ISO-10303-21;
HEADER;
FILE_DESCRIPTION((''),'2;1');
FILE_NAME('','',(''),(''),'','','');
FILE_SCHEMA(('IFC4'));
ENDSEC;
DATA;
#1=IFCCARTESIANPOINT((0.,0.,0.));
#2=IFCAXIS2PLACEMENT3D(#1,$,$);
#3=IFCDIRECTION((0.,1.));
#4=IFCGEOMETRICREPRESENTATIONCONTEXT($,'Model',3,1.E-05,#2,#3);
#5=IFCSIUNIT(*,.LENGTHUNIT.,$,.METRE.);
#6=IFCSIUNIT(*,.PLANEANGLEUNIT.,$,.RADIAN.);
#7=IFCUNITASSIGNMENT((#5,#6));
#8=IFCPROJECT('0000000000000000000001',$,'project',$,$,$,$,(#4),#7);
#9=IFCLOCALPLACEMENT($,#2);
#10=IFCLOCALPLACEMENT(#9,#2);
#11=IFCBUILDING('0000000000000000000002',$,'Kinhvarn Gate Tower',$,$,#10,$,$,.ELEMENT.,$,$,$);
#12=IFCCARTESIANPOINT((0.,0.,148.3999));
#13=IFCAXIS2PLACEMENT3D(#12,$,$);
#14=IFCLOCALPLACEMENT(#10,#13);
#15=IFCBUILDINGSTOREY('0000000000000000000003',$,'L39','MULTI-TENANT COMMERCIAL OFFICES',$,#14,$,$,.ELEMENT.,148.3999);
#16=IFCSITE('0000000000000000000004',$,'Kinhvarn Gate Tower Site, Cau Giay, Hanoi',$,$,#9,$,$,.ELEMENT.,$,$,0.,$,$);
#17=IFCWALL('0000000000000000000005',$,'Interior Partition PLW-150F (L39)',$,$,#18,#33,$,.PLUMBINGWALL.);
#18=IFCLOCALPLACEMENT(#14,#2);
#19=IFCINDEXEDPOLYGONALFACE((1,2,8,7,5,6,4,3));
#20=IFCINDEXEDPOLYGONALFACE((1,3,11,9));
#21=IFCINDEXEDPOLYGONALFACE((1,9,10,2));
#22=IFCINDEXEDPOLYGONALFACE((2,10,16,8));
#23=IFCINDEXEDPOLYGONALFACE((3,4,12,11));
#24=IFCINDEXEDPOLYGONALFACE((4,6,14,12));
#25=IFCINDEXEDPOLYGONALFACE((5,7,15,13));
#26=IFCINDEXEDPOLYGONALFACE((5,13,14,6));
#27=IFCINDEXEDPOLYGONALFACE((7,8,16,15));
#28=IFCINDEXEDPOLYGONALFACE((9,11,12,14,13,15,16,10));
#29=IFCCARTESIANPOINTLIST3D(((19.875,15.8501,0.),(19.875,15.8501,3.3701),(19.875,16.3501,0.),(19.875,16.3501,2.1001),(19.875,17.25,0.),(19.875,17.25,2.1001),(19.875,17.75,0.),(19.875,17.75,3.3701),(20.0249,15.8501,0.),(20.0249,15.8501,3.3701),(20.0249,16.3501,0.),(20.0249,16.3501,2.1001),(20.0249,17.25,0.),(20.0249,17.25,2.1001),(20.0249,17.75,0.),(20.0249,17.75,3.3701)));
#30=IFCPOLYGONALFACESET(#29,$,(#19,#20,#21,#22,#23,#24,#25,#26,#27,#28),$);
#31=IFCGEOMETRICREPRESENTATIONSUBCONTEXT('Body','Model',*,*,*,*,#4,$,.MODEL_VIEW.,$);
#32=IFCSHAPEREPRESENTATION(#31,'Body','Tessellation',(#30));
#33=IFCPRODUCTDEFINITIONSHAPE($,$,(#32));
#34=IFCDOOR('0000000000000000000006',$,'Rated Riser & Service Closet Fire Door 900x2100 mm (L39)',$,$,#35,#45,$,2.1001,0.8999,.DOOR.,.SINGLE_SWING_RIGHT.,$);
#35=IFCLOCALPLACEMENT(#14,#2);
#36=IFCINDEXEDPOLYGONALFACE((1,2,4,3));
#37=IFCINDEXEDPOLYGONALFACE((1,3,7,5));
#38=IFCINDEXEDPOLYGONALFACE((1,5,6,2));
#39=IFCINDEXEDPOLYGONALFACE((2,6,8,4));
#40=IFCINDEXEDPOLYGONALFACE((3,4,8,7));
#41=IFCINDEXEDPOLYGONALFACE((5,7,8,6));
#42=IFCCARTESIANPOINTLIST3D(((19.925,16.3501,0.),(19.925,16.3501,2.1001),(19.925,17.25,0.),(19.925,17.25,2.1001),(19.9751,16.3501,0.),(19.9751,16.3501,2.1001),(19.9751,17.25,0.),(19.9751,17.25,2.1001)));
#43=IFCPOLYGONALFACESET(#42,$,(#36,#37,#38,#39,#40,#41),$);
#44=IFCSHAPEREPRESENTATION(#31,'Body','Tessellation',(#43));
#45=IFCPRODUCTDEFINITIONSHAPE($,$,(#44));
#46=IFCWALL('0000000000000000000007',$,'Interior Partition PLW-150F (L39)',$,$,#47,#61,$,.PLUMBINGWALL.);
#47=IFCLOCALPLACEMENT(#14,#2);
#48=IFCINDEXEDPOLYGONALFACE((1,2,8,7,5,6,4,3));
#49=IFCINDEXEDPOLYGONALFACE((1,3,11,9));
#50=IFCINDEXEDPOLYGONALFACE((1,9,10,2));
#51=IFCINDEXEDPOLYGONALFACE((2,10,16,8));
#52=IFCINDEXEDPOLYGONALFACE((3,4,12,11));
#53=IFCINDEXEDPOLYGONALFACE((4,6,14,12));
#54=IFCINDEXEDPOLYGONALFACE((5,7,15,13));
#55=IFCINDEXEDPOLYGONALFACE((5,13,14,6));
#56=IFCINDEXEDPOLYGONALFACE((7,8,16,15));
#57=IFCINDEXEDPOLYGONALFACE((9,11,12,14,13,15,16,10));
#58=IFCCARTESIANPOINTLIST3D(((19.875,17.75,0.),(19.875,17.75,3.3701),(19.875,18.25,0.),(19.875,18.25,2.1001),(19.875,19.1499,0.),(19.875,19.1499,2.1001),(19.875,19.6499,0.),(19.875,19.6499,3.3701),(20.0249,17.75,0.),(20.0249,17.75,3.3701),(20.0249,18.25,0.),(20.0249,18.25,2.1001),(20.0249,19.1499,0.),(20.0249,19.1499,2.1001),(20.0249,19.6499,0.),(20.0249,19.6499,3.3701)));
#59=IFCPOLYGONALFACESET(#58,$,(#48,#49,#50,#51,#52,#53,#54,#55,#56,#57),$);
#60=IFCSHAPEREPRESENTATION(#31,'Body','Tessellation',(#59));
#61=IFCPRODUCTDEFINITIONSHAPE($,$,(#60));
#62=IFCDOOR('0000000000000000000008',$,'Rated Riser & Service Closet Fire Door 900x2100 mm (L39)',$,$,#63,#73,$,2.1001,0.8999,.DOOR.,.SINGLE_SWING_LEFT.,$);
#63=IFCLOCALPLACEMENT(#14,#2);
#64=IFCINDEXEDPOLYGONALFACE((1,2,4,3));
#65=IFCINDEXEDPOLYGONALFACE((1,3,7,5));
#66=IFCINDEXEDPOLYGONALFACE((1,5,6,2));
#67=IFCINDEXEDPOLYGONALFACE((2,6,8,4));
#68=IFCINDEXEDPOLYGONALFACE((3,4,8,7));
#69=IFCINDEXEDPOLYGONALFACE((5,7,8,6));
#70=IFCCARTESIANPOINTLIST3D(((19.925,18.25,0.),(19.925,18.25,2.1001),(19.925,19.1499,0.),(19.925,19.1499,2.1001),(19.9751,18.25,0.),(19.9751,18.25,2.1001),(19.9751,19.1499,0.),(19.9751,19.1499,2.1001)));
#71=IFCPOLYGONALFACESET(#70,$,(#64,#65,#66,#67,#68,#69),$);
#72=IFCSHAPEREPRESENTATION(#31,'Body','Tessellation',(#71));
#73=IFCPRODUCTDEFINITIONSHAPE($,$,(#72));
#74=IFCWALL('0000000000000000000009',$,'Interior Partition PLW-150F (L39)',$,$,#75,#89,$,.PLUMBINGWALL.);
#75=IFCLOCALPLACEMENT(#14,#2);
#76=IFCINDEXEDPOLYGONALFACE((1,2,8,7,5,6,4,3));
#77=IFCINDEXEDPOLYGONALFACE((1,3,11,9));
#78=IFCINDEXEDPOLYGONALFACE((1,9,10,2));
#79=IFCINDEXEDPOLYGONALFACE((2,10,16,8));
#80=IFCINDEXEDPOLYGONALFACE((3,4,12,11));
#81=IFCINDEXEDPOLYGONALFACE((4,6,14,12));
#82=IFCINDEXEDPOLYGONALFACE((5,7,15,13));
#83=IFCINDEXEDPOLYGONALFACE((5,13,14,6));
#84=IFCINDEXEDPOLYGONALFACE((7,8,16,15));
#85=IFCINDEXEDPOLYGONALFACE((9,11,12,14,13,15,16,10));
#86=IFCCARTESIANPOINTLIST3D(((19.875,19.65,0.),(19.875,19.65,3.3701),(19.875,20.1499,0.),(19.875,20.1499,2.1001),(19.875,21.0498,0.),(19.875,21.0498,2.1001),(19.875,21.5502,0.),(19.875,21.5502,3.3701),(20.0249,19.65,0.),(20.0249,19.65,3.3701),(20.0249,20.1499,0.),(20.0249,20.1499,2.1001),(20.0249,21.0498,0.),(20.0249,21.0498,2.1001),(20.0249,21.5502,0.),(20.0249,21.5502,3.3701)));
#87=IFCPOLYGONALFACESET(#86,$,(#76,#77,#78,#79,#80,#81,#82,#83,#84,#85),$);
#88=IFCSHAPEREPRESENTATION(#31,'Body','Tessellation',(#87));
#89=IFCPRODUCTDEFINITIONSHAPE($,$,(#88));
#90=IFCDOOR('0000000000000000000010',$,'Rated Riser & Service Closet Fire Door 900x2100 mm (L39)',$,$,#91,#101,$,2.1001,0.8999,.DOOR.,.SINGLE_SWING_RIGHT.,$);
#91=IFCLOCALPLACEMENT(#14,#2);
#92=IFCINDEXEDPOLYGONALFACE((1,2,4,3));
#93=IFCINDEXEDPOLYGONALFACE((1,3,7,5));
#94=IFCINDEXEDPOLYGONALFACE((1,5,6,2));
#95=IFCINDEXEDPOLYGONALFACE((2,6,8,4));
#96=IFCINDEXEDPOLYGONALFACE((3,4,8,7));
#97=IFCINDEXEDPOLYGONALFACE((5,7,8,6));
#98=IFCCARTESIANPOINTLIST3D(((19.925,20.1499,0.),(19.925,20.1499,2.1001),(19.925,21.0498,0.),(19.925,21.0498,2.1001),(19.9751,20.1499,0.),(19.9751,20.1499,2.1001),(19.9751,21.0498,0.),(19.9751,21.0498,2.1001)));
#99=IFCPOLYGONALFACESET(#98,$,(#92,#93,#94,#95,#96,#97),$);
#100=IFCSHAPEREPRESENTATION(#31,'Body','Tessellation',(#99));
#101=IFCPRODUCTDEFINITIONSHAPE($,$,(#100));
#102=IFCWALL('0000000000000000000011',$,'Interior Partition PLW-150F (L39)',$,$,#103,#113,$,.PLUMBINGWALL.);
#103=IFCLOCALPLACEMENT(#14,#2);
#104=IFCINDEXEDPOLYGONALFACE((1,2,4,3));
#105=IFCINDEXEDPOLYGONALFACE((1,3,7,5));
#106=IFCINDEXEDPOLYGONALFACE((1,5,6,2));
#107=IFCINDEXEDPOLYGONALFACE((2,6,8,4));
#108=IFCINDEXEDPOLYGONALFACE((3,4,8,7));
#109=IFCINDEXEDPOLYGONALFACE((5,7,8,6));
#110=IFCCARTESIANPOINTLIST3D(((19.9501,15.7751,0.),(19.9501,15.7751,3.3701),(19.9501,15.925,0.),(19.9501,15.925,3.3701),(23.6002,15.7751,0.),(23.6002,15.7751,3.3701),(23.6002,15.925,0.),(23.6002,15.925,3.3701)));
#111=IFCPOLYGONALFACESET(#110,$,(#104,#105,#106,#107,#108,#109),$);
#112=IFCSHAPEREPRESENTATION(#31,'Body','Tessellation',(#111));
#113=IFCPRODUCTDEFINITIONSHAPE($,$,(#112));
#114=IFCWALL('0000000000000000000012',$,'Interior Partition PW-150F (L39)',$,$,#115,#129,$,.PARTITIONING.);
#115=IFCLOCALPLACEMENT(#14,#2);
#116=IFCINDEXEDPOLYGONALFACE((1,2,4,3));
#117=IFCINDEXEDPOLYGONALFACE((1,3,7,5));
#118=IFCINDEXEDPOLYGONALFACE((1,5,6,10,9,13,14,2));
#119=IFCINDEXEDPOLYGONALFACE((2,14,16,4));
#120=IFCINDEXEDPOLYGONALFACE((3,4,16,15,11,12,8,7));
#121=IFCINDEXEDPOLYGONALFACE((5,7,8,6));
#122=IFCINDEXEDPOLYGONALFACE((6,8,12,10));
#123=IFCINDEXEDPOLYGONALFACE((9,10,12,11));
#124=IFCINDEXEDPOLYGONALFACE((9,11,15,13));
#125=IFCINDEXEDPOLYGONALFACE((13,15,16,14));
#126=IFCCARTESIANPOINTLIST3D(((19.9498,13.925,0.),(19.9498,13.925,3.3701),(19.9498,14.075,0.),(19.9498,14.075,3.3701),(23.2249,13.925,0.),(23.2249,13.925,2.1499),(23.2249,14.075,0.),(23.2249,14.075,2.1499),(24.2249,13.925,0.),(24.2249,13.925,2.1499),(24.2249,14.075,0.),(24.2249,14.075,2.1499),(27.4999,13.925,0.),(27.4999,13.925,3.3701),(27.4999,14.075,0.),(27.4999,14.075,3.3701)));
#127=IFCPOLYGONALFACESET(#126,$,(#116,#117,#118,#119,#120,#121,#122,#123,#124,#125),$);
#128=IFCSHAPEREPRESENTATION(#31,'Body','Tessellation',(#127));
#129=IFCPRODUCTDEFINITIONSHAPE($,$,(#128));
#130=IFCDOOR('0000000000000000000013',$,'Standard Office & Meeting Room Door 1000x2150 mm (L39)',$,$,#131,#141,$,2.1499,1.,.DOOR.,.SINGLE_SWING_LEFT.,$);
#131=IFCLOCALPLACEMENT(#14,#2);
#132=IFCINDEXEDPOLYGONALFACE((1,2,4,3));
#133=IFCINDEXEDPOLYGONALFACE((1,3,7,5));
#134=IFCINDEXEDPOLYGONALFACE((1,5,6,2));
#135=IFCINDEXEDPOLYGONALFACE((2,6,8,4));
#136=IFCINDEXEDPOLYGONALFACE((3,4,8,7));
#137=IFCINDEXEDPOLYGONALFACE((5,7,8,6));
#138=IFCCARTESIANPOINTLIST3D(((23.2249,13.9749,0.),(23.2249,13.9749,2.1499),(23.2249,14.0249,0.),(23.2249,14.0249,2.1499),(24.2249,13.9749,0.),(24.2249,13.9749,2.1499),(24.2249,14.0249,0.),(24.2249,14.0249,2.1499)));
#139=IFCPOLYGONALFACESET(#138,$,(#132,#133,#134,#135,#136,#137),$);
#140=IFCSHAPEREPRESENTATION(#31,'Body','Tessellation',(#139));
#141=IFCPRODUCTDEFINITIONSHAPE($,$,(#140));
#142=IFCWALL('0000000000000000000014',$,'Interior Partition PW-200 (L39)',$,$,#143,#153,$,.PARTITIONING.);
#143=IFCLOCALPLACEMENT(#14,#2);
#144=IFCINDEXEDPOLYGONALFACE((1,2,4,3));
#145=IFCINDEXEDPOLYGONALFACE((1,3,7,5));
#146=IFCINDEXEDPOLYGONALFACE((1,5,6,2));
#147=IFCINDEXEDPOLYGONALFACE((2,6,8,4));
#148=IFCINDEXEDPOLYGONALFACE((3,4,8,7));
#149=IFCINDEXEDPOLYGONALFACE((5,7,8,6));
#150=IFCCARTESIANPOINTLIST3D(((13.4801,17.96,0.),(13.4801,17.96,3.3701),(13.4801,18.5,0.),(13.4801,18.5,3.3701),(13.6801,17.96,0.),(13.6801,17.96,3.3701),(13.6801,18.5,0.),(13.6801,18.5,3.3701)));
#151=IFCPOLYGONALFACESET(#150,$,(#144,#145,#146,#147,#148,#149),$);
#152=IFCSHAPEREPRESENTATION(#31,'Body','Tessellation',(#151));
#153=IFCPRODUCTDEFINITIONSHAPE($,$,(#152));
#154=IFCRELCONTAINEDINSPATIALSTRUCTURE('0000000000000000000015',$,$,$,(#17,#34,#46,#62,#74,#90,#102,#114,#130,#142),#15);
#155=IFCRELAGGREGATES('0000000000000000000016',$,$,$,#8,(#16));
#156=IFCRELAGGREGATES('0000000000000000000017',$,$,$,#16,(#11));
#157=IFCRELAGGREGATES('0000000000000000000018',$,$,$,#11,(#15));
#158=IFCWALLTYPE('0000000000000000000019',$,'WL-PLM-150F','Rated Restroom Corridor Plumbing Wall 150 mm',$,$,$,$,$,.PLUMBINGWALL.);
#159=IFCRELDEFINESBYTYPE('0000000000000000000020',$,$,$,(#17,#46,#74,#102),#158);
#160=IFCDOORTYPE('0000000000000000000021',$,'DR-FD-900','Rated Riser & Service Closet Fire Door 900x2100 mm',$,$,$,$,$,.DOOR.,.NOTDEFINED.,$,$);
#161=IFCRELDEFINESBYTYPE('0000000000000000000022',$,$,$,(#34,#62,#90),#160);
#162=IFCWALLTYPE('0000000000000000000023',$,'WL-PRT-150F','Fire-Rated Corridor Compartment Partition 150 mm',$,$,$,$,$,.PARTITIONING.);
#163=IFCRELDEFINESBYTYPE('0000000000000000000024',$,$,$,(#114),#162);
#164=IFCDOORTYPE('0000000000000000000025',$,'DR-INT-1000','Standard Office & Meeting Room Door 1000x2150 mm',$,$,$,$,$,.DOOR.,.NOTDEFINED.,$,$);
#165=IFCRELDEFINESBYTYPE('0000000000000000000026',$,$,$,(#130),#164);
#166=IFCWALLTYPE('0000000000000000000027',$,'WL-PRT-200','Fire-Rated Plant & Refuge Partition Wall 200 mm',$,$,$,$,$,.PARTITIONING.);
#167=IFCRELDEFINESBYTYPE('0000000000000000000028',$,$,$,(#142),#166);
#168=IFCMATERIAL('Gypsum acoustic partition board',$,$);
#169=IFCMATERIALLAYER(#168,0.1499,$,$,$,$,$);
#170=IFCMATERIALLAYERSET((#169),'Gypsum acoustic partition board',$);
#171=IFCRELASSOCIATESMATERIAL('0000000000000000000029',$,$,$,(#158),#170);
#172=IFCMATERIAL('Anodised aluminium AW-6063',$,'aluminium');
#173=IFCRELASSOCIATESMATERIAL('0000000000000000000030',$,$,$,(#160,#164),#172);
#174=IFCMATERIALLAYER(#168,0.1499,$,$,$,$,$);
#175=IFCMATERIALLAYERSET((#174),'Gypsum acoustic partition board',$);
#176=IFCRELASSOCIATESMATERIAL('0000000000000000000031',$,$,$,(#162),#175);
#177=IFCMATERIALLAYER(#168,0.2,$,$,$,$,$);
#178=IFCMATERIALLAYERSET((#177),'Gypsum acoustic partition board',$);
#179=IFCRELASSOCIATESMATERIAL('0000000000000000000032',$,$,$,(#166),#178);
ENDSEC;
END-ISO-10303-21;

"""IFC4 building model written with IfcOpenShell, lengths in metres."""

from ifc_helpers import new_model, si_unit, direction, frame, frame_2d, origin, place, context, subcontext, project, spatial, rectangle, extrude, material, layer, layer_set, type_object, element, fill, save


model = new_model("IFC4")

# Units and contexts
model_context = context("Model", 3, precision=1e-05, world=origin(), true_north=direction((0.0, 1.0)))
body_context = subcontext(model_context, "Body", "Model", "MODEL_VIEW")
ifc_project = project(units=[si_unit("LENGTHUNIT", "METRE"), si_unit("PLANEANGLEUNIT", "RADIAN")], contexts=[model_context])

# Site, building, storey
site_placement = place(None, origin())
site = spatial("IfcSite", under=ifc_project, at=site_placement, Name="Kinhvarn Gate Tower Site, Cau Giay, Hanoi", CompositionType="ELEMENT", RefElevation=0.0)
building_placement = place(site_placement, origin())
building = spatial("IfcBuilding", under=site, at=building_placement, Name="Kinhvarn Gate Tower", CompositionType="ELEMENT")
storey_placement = place(building_placement, frame((0.0, 0.0, 148.3999)))
storey = spatial("IfcBuildingStorey", under=building, at=storey_placement, Name="L39", Description="MULTI-TENANT COMMERCIAL OFFICES", CompositionType="ELEMENT", Elevation=148.3999)

# Shared definitions
ifc_material_1 = material(Name="Anodised aluminium AW-6063", Category="aluminium")

# Shared definitions
ifc_material_2 = material(Name="Gypsum acoustic partition board")

# Walls, openings, doors
ifc_layer_1 = layer(ifc_material_2, 0.1499)
ifc_layer_set_1 = layer_set([ifc_layer_1], Name="Gypsum acoustic partition board")
wall_type_1 = type_object("IfcWallType", Name="WL-PLM-150F", Description="Rated Restroom Corridor Plumbing Wall 150 mm", PredefinedType="PLUMBINGWALL", material=ifc_layer_set_1)
wall_1_placement = place(storey_placement, frame((19.95, 15.8501, 0.0), z_axis=(0.0, 0.0, 1.0), x_axis=(0.0, 1.0, 0.0)))
wall_1 = element("IfcWall", 1, at=wall_1_placement, inside=storey, type_object=wall_type_1, Name="Interior Partition PLW-150F (L39)", PredefinedType="PLUMBINGWALL", context=body_context, shape_type="SweptSolid", body=[
    extrude(rectangle(XDim=1.8999, YDim=0.1499, at=frame_2d((0.95, 0.0))), origin(), (0.0, 0.0, 1.0), 3.3701),
])
opening_1_placement = place(wall_1_placement, frame((0.5, 0.0, 0.0)))
opening_1 = element("IfcOpeningElement", 2, at=opening_1_placement, cuts=wall_1, PredefinedType="OPENING", context=body_context, shape_type="SweptSolid", body=[
    extrude(rectangle(XDim=0.8999, YDim=2.1001, at=frame_2d((0.45, 1.05))), frame((0.0, 0.085, 0.0), z_axis=(0.0, -1.0, 0.0), x_axis=(1.0, 0.0, 0.0)), (0.0, 0.0, 1.0), 0.1699),
])
door_type_1 = type_object("IfcDoorType", Name="DR-FD-900", Description="Rated Riser & Service Closet Fire Door 900x2100 mm", OperationType="NOTDEFINED", PredefinedType="DOOR", material=ifc_material_1)
door_1_placement = place(opening_1_placement, origin())
door_1 = element("IfcDoor", 3, at=door_1_placement, inside=storey, type_object=door_type_1, Name="Rated Riser & Service Closet Fire Door 900x2100 mm (L39)", OperationType="SINGLE_SWING_RIGHT", OverallHeight=2.1001, OverallWidth=0.8999, PredefinedType="DOOR", context=body_context, shape_type="SweptSolid", body=[
    extrude(rectangle(XDim=0.8999, YDim=2.1001, at=frame_2d((0.45, 1.05))), frame((0.0, 0.0249, 0.0), z_axis=(0.0, -1.0, 0.0), x_axis=(1.0, 0.0, 0.0)), (0.0, 0.0, 1.0), 0.05),
])
fill(opening_1, door_1)
wall_2_placement = place(storey_placement, frame((19.95, 17.75, 0.0), z_axis=(0.0, 0.0, 1.0), x_axis=(0.0, 1.0, 0.0)))
wall_2 = element("IfcWall", 4, at=wall_2_placement, inside=storey, type_object=wall_type_1, Name="Interior Partition PLW-150F (L39)", PredefinedType="PLUMBINGWALL", context=body_context, shape_type="SweptSolid", body=[
    extrude(rectangle(XDim=1.8999, YDim=0.1499, at=frame_2d((0.95, 0.0))), origin(), (0.0, 0.0, 1.0), 3.3701),
])
opening_2_placement = place(wall_2_placement, frame((0.5, 0.0, 0.0)))
opening_2 = element("IfcOpeningElement", 5, at=opening_2_placement, cuts=wall_2, PredefinedType="OPENING", context=body_context, shape_type="SweptSolid", body=[
    extrude(rectangle(XDim=0.8999, YDim=2.1001, at=frame_2d((0.45, 1.05))), frame((0.0, 0.085, 0.0), z_axis=(0.0, -1.0, 0.0), x_axis=(1.0, 0.0, 0.0)), (0.0, 0.0, 1.0), 0.1699),
])
door_2_placement = place(opening_2_placement, origin())
door_2 = element("IfcDoor", 6, at=door_2_placement, inside=storey, type_object=door_type_1, Name="Rated Riser & Service Closet Fire Door 900x2100 mm (L39)", OperationType="SINGLE_SWING_LEFT", OverallHeight=2.1001, OverallWidth=0.8999, PredefinedType="DOOR", context=body_context, shape_type="SweptSolid", body=[
    extrude(rectangle(XDim=0.8999, YDim=2.1001, at=frame_2d((0.45, 1.05))), frame((0.0, 0.0249, 0.0), z_axis=(0.0, -1.0, 0.0), x_axis=(1.0, 0.0, 0.0)), (0.0, 0.0, 1.0), 0.05),
])
fill(opening_2, door_2)
wall_3_placement = place(storey_placement, frame((19.95, 19.6499, 0.0), z_axis=(0.0, 0.0, 1.0), x_axis=(0.0, 1.0, 0.0)))
wall_3 = element("IfcWall", 7, at=wall_3_placement, inside=storey, type_object=wall_type_1, Name="Interior Partition PLW-150F (L39)", PredefinedType="PLUMBINGWALL", context=body_context, shape_type="SweptSolid", body=[
    extrude(rectangle(XDim=1.9001, YDim=0.1499, at=frame_2d((0.9502, 0.0))), origin(), (0.0, 0.0, 1.0), 3.3701),
])
opening_3_placement = place(wall_3_placement, frame((0.5, 0.0, 0.0)))
opening_3 = element("IfcOpeningElement", 8, at=opening_3_placement, cuts=wall_3, PredefinedType="OPENING", context=body_context, shape_type="SweptSolid", body=[
    extrude(rectangle(XDim=0.8999, YDim=2.1001, at=frame_2d((0.45, 1.05))), frame((0.0, 0.085, 0.0), z_axis=(0.0, -1.0, 0.0), x_axis=(1.0, 0.0, 0.0)), (0.0, 0.0, 1.0), 0.1699),
])
door_3_placement = place(opening_3_placement, origin())
door_3 = element("IfcDoor", 9, at=door_3_placement, inside=storey, type_object=door_type_1, Name="Rated Riser & Service Closet Fire Door 900x2100 mm (L39)", OperationType="SINGLE_SWING_RIGHT", OverallHeight=2.1001, OverallWidth=0.8999, PredefinedType="DOOR", context=body_context, shape_type="SweptSolid", body=[
    extrude(rectangle(XDim=0.8999, YDim=2.1001, at=frame_2d((0.45, 1.05))), frame((0.0, 0.0249, 0.0), z_axis=(0.0, -1.0, 0.0), x_axis=(1.0, 0.0, 0.0)), (0.0, 0.0, 1.0), 0.05),
])
fill(opening_3, door_3)

# Wall
wall_4_placement = place(storey_placement, frame((19.95, 15.8501, 0.0), z_axis=(0.0, 0.0, 1.0), x_axis=(1.0, 0.0, 0.0)))
element("IfcWall", 10, at=wall_4_placement, inside=storey, type_object=wall_type_1, Name="Interior Partition PLW-150F (L39)", PredefinedType="PLUMBINGWALL", context=body_context, shape_type="SweptSolid", body=[
    extrude(rectangle(XDim=3.6501, YDim=0.1499, at=frame_2d((1.8252, 0.0))), origin(), (0.0, 0.0, 1.0), 3.3701),
])

# Wall, opening, door
ifc_layer_2 = layer(ifc_material_2, 0.1499)
ifc_layer_set_2 = layer_set([ifc_layer_2], Name="Gypsum acoustic partition board")
wall_type_2 = type_object("IfcWallType", Name="WL-PRT-150F", Description="Fire-Rated Corridor Compartment Partition 150 mm", PredefinedType="PARTITIONING", material=ifc_layer_set_2)
door_type_2 = type_object("IfcDoorType", Name="DR-INT-1000", Description="Standard Office & Meeting Room Door 1000x2150 mm", OperationType="NOTDEFINED", PredefinedType="DOOR", material=ifc_material_1)
wall_5_placement = place(storey_placement, frame((19.95, 14.0, 0.0), z_axis=(0.0, 0.0, 1.0), x_axis=(1.0, 0.0, 0.0)))
wall_5 = element("IfcWall", 11, at=wall_5_placement, inside=storey, type_object=wall_type_2, Name="Interior Partition PW-150F (L39)", PredefinedType="PARTITIONING", context=body_context, shape_type="SweptSolid", body=[
    extrude(rectangle(XDim=7.55, YDim=0.1499, at=frame_2d((3.7749, 0.0))), origin(), (0.0, 0.0, 1.0), 3.3701),
])
opening_4_placement = place(wall_5_placement, frame((3.2749, 0.0, 0.0)))
opening_4 = element("IfcOpeningElement", 12, at=opening_4_placement, cuts=wall_5, PredefinedType="OPENING", context=body_context, shape_type="SweptSolid", body=[
    extrude(rectangle(XDim=1.0, YDim=2.1499, at=frame_2d((0.5, 1.075))), frame((0.0, 0.085, 0.0), z_axis=(0.0, -1.0, 0.0), x_axis=(1.0, 0.0, 0.0)), (0.0, 0.0, 1.0), 0.1699),
])
door_4_placement = place(opening_4_placement, origin())
door_4 = element("IfcDoor", 13, at=door_4_placement, inside=storey, type_object=door_type_2, Name="Standard Office & Meeting Room Door 1000x2150 mm (L39)", OperationType="SINGLE_SWING_LEFT", OverallHeight=2.1499, OverallWidth=1.0, PredefinedType="DOOR", context=body_context, shape_type="SweptSolid", body=[
    extrude(rectangle(XDim=1.0, YDim=2.1499, at=frame_2d((0.5, 1.075))), frame((0.0, 0.0249, 0.0), z_axis=(0.0, -1.0, 0.0), x_axis=(1.0, 0.0, 0.0)), (0.0, 0.0, 1.0), 0.05),
])
fill(opening_4, door_4)

# Wall
ifc_layer_3 = layer(ifc_material_2, 0.2)
ifc_layer_set_3 = layer_set([ifc_layer_3], Name="Gypsum acoustic partition board")
wall_type_3 = type_object("IfcWallType", Name="WL-PRT-200", Description="Fire-Rated Plant & Refuge Partition Wall 200 mm", PredefinedType="PARTITIONING", material=ifc_layer_set_3)
wall_6_placement = place(storey_placement, frame((13.5801, 17.96, 0.0), z_axis=(0.0, 0.0, 1.0), x_axis=(0.0, 1.0, 0.0)))
element("IfcWall", 14, at=wall_6_placement, inside=storey, type_object=wall_type_3, Name="Interior Partition PW-200 (L39)", PredefinedType="PARTITIONING", context=body_context, shape_type="SweptSolid", body=[
    extrude(rectangle(XDim=0.54, YDim=0.2, at=frame_2d((0.27, 0.0))), origin(), (0.0, 0.0, 1.0), 3.3701),
])

save(model, "model.ifc")
